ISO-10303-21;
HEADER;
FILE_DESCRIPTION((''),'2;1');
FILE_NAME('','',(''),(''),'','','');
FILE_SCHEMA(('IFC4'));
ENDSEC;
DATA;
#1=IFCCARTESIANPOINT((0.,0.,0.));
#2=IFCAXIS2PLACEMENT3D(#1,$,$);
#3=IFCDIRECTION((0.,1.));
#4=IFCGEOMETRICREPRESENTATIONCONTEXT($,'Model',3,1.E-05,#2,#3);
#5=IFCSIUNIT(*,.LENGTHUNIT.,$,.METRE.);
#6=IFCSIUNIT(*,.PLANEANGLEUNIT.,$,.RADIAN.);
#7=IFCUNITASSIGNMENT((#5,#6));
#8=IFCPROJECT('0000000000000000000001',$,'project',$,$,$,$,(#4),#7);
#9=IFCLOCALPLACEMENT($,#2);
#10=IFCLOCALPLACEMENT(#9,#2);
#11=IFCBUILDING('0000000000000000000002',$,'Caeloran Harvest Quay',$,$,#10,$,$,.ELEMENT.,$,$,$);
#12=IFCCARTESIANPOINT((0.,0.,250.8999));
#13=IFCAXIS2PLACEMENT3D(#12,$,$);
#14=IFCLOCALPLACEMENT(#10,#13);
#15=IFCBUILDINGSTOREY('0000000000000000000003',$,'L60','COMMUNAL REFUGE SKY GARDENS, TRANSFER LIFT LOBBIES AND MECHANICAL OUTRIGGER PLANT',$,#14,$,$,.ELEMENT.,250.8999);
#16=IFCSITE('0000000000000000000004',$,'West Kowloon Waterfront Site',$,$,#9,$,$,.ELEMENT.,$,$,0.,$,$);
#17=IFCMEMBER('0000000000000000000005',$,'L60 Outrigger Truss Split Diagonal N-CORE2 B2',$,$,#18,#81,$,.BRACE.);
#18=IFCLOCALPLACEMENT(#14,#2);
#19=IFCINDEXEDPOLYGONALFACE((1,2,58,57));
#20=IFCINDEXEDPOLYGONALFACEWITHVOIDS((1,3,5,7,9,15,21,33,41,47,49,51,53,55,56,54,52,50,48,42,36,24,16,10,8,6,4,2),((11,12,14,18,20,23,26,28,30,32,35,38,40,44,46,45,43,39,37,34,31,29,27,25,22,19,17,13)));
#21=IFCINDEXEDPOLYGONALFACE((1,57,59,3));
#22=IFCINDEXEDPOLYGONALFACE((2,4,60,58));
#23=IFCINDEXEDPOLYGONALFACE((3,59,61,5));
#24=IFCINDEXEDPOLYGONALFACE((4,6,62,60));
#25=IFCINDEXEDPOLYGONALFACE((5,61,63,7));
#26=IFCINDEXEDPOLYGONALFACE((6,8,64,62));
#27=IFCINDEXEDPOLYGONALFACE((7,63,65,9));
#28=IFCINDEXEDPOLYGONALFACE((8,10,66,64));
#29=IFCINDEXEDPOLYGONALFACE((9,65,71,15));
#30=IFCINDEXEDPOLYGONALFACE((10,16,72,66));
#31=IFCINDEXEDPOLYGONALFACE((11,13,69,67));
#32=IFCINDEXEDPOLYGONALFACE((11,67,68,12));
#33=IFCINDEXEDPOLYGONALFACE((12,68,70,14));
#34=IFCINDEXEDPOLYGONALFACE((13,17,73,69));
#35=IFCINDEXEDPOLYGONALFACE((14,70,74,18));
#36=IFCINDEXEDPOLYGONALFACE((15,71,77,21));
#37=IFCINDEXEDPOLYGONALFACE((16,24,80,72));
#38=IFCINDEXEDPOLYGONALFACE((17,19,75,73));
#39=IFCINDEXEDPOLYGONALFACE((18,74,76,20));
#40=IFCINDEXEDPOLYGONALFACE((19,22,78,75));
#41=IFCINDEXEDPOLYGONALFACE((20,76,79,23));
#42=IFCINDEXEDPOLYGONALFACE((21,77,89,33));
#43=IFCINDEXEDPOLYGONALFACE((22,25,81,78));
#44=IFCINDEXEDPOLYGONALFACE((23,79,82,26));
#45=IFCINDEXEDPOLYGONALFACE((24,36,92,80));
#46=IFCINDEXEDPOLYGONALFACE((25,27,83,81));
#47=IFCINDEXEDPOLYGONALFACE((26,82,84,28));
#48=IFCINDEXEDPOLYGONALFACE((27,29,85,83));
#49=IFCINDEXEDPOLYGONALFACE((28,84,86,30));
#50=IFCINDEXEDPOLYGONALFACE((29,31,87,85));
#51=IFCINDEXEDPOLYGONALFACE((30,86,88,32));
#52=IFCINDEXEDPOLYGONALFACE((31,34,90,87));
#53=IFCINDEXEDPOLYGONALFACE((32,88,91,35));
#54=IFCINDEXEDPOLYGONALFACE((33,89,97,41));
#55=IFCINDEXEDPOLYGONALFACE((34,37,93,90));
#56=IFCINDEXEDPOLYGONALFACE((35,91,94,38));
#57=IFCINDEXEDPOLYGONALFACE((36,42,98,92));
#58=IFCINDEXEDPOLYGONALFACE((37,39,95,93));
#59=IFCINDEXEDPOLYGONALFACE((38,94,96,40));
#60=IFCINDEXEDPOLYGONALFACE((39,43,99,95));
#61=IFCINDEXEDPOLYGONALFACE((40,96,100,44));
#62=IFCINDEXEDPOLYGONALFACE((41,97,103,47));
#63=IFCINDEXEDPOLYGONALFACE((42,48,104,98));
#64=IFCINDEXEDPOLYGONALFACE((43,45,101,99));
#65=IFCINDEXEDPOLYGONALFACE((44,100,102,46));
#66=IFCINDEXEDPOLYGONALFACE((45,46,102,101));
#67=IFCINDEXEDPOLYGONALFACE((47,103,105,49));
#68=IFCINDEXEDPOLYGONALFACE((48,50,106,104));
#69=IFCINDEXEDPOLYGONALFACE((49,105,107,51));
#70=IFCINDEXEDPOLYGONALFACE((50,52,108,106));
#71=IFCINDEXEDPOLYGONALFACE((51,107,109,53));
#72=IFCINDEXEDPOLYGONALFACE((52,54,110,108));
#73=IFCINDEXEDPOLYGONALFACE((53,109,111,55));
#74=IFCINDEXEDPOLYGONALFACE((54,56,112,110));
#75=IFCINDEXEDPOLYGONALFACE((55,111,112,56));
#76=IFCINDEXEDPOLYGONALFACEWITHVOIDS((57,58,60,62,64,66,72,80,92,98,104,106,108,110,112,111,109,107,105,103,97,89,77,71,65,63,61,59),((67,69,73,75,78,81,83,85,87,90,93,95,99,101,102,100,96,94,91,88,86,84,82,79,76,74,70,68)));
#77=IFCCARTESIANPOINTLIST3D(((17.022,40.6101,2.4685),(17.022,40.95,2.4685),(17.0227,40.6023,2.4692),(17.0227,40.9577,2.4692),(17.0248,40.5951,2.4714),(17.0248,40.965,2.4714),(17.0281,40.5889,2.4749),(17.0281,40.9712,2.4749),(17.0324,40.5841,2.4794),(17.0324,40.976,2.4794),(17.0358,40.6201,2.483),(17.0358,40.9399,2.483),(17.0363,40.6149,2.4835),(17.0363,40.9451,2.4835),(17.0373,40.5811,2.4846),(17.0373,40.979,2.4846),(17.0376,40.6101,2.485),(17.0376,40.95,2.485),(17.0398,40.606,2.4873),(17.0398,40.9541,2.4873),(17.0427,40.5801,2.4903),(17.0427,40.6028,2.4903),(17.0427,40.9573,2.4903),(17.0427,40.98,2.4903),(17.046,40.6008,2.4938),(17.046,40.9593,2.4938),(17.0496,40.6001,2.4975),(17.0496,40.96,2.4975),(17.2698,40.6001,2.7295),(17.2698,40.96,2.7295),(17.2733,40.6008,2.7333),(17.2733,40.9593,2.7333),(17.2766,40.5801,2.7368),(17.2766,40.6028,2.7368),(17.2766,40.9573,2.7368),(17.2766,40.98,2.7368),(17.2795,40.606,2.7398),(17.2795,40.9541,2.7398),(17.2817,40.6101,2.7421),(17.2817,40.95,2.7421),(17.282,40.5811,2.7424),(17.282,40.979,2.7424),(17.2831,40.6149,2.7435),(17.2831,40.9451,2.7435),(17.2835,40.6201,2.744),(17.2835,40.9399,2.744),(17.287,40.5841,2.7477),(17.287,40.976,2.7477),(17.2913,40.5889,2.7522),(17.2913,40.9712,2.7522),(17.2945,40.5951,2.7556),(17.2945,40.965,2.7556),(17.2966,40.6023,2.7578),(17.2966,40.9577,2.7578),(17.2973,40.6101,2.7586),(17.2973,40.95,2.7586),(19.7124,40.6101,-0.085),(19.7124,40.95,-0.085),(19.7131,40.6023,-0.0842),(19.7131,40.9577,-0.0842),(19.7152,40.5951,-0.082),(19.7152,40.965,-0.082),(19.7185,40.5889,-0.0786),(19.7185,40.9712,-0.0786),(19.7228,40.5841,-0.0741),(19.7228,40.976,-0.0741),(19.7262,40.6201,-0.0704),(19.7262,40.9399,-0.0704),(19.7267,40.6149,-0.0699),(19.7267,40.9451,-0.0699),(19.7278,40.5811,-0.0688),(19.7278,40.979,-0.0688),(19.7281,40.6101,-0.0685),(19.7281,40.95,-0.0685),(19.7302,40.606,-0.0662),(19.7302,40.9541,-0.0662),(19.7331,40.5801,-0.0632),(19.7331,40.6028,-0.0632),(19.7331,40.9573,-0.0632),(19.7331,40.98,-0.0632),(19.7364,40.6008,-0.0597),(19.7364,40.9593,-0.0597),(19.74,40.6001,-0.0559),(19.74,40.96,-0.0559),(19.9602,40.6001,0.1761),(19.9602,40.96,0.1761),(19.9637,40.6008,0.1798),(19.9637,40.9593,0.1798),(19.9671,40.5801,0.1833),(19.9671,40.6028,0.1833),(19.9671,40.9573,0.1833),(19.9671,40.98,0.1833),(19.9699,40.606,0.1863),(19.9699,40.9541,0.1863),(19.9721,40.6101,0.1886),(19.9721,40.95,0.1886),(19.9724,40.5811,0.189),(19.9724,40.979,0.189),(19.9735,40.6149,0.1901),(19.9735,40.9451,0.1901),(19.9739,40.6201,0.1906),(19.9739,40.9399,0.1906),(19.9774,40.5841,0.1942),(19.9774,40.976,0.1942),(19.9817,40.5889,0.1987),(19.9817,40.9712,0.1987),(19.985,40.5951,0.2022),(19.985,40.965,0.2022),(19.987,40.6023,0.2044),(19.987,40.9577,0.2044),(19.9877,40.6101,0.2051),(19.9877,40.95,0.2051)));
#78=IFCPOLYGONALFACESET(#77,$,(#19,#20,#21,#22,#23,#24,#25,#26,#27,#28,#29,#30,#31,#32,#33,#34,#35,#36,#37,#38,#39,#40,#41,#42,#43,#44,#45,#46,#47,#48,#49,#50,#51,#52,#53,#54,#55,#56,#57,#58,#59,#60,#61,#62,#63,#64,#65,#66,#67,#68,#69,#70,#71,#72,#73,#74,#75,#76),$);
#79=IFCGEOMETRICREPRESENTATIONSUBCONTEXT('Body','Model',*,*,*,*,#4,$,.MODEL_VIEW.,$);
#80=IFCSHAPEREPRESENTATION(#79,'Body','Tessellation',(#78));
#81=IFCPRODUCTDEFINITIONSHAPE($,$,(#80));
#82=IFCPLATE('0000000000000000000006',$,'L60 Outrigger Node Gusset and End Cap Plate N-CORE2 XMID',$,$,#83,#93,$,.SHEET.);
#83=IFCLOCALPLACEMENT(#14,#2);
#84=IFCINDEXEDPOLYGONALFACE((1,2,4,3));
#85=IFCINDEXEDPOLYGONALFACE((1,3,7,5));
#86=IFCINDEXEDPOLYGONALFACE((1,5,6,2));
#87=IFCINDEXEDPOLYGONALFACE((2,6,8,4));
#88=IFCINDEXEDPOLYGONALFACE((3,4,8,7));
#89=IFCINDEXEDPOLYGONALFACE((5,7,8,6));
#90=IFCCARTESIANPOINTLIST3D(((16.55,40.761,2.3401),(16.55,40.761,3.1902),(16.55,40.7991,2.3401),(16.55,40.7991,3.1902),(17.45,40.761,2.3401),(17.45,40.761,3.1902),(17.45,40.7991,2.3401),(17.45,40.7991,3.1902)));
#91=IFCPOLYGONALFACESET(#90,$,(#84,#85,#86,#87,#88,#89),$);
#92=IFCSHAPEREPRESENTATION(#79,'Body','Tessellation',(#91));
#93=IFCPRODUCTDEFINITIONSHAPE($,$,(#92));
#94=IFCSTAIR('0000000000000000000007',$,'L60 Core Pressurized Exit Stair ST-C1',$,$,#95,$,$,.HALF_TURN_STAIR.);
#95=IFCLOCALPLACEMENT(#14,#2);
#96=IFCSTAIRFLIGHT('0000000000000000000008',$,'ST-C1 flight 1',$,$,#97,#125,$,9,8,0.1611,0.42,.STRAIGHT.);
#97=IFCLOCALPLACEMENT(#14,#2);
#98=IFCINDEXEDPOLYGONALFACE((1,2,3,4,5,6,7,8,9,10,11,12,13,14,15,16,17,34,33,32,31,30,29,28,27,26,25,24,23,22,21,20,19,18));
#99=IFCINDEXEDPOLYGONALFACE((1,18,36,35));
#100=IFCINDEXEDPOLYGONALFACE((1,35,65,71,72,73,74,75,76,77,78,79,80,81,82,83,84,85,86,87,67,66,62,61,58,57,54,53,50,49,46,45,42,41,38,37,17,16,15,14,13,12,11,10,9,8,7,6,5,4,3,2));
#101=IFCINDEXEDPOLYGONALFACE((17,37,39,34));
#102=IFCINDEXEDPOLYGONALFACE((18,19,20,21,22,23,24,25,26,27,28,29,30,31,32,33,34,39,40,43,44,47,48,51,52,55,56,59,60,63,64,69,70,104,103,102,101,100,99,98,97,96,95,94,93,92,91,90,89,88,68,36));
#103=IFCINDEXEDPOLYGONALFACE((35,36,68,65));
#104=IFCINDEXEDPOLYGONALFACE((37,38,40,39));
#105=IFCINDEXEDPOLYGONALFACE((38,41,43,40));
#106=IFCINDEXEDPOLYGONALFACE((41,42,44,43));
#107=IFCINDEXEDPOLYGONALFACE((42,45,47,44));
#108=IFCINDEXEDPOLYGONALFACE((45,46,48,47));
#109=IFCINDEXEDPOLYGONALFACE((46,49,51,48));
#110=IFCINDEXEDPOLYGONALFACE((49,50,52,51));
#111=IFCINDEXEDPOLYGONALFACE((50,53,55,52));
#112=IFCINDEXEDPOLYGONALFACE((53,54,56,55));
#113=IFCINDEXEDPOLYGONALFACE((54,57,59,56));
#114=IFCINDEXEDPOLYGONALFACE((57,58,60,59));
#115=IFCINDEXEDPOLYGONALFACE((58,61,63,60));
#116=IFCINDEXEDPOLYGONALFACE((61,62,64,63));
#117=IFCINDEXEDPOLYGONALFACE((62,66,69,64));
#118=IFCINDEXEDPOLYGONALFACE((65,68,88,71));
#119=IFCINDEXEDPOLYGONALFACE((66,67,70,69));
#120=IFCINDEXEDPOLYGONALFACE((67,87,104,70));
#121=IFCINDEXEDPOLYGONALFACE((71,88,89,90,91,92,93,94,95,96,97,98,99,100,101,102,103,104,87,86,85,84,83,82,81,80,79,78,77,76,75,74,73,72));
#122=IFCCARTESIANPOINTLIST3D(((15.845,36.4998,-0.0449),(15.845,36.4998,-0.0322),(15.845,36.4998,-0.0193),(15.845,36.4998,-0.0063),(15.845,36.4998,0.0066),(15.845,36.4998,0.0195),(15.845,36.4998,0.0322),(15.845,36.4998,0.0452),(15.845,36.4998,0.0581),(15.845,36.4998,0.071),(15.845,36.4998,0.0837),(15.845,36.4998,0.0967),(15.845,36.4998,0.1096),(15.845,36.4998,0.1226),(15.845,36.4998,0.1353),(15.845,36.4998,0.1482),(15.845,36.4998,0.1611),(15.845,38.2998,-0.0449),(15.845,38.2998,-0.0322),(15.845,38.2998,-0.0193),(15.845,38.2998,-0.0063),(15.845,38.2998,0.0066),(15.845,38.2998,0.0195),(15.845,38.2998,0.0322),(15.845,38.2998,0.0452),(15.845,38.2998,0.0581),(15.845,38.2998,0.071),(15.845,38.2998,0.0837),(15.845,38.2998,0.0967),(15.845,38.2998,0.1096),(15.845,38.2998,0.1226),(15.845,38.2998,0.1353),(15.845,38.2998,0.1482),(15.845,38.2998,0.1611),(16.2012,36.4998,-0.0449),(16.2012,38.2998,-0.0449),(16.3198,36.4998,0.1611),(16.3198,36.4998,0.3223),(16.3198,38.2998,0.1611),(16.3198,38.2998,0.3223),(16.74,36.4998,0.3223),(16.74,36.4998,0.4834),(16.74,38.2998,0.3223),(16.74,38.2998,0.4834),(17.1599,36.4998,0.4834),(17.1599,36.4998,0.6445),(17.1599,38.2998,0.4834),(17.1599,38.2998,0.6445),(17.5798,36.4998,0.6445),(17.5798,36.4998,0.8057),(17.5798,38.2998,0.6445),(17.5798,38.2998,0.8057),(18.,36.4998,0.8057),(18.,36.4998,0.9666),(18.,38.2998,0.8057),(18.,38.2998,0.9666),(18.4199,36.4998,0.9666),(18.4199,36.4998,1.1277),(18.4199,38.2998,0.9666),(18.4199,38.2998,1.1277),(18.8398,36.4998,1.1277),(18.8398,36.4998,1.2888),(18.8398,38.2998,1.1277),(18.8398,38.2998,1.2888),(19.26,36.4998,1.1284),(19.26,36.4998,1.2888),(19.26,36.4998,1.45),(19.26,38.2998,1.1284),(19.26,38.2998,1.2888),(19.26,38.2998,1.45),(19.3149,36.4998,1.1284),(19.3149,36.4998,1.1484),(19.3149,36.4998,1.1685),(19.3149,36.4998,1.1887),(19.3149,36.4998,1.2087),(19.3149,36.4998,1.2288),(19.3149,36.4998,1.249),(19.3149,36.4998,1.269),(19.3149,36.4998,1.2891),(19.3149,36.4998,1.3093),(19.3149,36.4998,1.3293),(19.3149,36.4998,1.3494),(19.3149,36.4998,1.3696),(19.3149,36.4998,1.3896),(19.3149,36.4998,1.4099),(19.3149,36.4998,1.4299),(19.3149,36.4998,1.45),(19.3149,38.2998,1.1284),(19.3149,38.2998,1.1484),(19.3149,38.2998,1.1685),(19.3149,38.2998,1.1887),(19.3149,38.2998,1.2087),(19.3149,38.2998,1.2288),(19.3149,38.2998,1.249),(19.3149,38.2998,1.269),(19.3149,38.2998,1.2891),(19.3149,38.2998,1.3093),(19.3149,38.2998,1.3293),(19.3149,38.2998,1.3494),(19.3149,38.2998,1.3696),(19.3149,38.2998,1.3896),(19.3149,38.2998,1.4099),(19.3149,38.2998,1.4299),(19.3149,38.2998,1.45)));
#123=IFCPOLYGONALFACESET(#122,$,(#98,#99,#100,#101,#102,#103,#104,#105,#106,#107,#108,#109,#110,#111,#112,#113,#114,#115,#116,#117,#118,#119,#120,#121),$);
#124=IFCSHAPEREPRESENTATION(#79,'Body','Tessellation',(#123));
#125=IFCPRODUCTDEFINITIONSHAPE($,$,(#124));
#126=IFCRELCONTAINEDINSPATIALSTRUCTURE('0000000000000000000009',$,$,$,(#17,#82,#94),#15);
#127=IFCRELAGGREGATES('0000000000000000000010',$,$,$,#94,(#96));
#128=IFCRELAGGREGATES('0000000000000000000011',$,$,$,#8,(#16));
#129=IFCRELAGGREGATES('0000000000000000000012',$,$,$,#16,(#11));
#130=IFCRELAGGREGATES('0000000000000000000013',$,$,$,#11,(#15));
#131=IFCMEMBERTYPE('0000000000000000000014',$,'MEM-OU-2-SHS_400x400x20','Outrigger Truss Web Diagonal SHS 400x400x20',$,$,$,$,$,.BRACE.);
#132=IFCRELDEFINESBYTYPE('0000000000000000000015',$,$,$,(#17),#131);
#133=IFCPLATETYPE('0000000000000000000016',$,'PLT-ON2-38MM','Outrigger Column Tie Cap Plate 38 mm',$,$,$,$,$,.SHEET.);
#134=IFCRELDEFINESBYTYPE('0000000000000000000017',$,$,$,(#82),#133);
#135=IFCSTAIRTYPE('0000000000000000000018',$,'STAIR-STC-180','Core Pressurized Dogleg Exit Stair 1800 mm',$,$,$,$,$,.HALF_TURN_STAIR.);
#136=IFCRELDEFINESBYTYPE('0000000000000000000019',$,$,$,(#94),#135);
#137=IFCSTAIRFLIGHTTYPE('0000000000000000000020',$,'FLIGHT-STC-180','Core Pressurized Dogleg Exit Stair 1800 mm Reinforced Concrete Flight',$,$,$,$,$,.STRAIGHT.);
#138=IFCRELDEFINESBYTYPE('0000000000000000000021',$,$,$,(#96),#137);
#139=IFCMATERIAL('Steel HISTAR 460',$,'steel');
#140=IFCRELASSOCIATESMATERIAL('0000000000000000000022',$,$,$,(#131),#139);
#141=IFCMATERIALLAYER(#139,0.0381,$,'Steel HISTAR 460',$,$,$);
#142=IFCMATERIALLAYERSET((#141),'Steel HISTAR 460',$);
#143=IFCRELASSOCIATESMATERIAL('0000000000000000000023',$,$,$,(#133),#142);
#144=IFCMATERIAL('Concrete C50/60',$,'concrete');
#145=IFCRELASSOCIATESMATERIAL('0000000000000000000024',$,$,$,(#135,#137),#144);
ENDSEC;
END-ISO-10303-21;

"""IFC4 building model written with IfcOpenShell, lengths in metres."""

from ifc_helpers import new_model, si_unit, direction, frame, origin, origin_2d, place, context, subcontext, project, spatial, polyline, rectangle, hollow_rectangle, outline, extrude, material, layer, layer_set, material_profile, profile_set, type_object, element, aggregate, save


model = new_model("IFC4")

# Units and contexts
model_context = context("Model", 3, precision=1e-05, world=origin(), true_north=direction((0.0, 1.0)))
body_context = subcontext(model_context, "Body", "Model", "MODEL_VIEW")
ifc_project = project(units=[si_unit("LENGTHUNIT", "METRE"), si_unit("PLANEANGLEUNIT", "RADIAN")], contexts=[model_context])

# Site, building, storey
site_placement = place(None, origin())
site = spatial("IfcSite", under=ifc_project, at=site_placement, Name="West Kowloon Waterfront Site", CompositionType="ELEMENT", RefElevation=0.0)
building_placement = place(site_placement, origin())
building = spatial("IfcBuilding", under=site, at=building_placement, Name="Caeloran Harvest Quay", CompositionType="ELEMENT")
storey_placement = place(building_placement, frame((0.0, 0.0, 250.8999)))
storey = spatial("IfcBuildingStorey", under=building, at=storey_placement, Name="L60", Description="COMMUNAL REFUGE SKY GARDENS, TRANSFER LIFT LOBBIES AND MECHANICAL OUTRIGGER PLANT", CompositionType="ELEMENT", Elevation=250.8999)

# Member
ifc_material_1 = material(Name="Steel HISTAR 460", Category="steel")
ifc_material_profile = material_profile(ifc_material_1, hollow_rectangle(XDim=0.3999, YDim=0.3999, WallThickness=0.02, InnerFilletRadius=0.02, OuterFilletRadius=0.03, at=origin_2d()), Name="SHS 400x400x20")
ifc_profile_set = profile_set([ifc_material_profile], Name="Steel HISTAR 460")
member_type = type_object("IfcMemberType", Name="MEM-OU-2-SHS_400x400x20", Description="Outrigger Truss Web Diagonal SHS 400x400x20", PredefinedType="BRACE", material=ifc_profile_set)
member_placement = place(storey_placement, frame((17.1597, 40.78, 2.6135), z_axis=(0.725328, 0.0, -0.688403), x_axis=(0.0, 1.0, 0.0)))
element("IfcMember", 1, at=member_placement, inside=storey, type_object=member_type, Name="L60 Outrigger Truss Split Diagonal N-CORE2 B2", PredefinedType="BRACE", context=body_context, shape_type="SweptSolid", body=[
    extrude(hollow_rectangle(XDim=0.3999, YDim=0.3999, WallThickness=0.02, InnerFilletRadius=0.02, OuterFilletRadius=0.03, at=origin_2d()), origin(), (0.0, 0.0, 1.0), 3.7092),
])

# Plate
ifc_layer_1 = layer(ifc_material_1, 0.0381, Name="Steel HISTAR 460")
ifc_layer_set_1 = layer_set([ifc_layer_1], Name="Steel HISTAR 460")
plate_type = type_object("IfcPlateType", Name="PLT-ON2-38MM", Description="Outrigger Column Tie Cap Plate 38 mm", PredefinedType="SHEET", material=ifc_layer_set_1)
plate_placement = place(storey_placement, frame((17.0, 40.78, 2.3401), z_axis=(0.0, 0.0, 1.0), x_axis=(1.0, 0.0, 0.0)))
element("IfcPlate", 2, at=plate_placement, inside=storey, type_object=plate_type, Name="L60 Outrigger Node Gusset and End Cap Plate N-CORE2 XMID", PredefinedType="SHEET", context=body_context, shape_type="SweptSolid", body=[
    extrude(rectangle(XDim=0.8999, YDim=0.0381, at=origin_2d()), origin(), (0.0, 0.0, 1.0), 0.8501),
])

# Stair, stair flight
ifc_material_2 = material(Name="Concrete C50/60", Category="concrete")
stair_type = type_object("IfcStairType", Name="STAIR-STC-180", Description="Core Pressurized Dogleg Exit Stair 1800 mm", PredefinedType="HALF_TURN_STAIR", material=ifc_material_2)
stair_1_placement = place(storey_placement, origin())
stair_1 = element("IfcStair", 3, at=stair_1_placement, inside=storey, type_object=stair_type, Name="L60 Core Pressurized Exit Stair ST-C1", PredefinedType="HALF_TURN_STAIR")
stair_flight_type = type_object("IfcStairFlightType", Name="FLIGHT-STC-180", Description="Core Pressurized Dogleg Exit Stair 1800 mm Reinforced Concrete Flight", PredefinedType="STRAIGHT", material=ifc_material_2)
stair_flight_1_placement = place(storey_placement, frame((15.8999, 37.3999, 0.0), z_axis=(0.0, 0.0, 1.0), x_axis=(1.0, 0.0, 0.0)))
stair_flight_1 = element("IfcStairFlight", 4, at=stair_flight_1_placement, type_object=stair_flight_type, Name="ST-C1 flight 1", NumberOfRisers=9, NumberOfTreads=8, PredefinedType="STRAIGHT", RiserHeight=0.1611, TreadLength=0.42, context=body_context, shape_type="SweptSolid", body=[
    extrude(outline(polyline([(-0.0549, -0.0449), (-0.0549, -0.0322), (-0.0549, -0.0193), (-0.0549, -0.0063), (-0.0549, 0.0066), (-0.0549, 0.0195), (-0.0549, 0.0322), (-0.0549, 0.0452), (-0.0549, 0.0581), (-0.0549, 0.071), (-0.0549, 0.0837), (-0.0549, 0.0967), (-0.0549, 0.1096), (-0.0549, 0.1226), (-0.0549, 0.1353), (-0.0549, 0.1482), (-0.0549, 0.1611), (0.4199, 0.1611), (0.4199, 0.3223), (0.8401, 0.3223), (0.8401, 0.4834), (1.26, 0.4834), (1.26, 0.6445), (1.6799, 0.6445), (1.6799, 0.8057), (2.1001, 0.8057), (2.1001, 0.9666), (2.52, 0.9666), (2.52, 1.1277), (2.9399, 1.1277), (2.9399, 1.2888), (3.3601, 1.2888), (3.3601, 1.45), (3.415, 1.45), (3.415, 1.4299), (3.415, 1.4099), (3.415, 1.3896), (3.415, 1.3696), (3.415, 1.3494), (3.415, 1.3293), (3.415, 1.3093), (3.415, 1.2891), (3.415, 1.269), (3.415, 1.249), (3.415, 1.2288), (3.415, 1.2087), (3.415, 1.1887), (3.415, 1.1685), (3.415, 1.1484), (3.415, 1.1284), (3.3601, 1.1284), (0.3013, -0.0449), (-0.0549, -0.0449)])), frame((0.0, 0.8999, 0.0), z_axis=(0.0, -1.0, 0.0), x_axis=(1.0, 0.0, 0.0)), (0.0, 0.0, 1.0), 1.8),
])
aggregate(stair_1, [stair_flight_1])

save(model, "model.ifc")
